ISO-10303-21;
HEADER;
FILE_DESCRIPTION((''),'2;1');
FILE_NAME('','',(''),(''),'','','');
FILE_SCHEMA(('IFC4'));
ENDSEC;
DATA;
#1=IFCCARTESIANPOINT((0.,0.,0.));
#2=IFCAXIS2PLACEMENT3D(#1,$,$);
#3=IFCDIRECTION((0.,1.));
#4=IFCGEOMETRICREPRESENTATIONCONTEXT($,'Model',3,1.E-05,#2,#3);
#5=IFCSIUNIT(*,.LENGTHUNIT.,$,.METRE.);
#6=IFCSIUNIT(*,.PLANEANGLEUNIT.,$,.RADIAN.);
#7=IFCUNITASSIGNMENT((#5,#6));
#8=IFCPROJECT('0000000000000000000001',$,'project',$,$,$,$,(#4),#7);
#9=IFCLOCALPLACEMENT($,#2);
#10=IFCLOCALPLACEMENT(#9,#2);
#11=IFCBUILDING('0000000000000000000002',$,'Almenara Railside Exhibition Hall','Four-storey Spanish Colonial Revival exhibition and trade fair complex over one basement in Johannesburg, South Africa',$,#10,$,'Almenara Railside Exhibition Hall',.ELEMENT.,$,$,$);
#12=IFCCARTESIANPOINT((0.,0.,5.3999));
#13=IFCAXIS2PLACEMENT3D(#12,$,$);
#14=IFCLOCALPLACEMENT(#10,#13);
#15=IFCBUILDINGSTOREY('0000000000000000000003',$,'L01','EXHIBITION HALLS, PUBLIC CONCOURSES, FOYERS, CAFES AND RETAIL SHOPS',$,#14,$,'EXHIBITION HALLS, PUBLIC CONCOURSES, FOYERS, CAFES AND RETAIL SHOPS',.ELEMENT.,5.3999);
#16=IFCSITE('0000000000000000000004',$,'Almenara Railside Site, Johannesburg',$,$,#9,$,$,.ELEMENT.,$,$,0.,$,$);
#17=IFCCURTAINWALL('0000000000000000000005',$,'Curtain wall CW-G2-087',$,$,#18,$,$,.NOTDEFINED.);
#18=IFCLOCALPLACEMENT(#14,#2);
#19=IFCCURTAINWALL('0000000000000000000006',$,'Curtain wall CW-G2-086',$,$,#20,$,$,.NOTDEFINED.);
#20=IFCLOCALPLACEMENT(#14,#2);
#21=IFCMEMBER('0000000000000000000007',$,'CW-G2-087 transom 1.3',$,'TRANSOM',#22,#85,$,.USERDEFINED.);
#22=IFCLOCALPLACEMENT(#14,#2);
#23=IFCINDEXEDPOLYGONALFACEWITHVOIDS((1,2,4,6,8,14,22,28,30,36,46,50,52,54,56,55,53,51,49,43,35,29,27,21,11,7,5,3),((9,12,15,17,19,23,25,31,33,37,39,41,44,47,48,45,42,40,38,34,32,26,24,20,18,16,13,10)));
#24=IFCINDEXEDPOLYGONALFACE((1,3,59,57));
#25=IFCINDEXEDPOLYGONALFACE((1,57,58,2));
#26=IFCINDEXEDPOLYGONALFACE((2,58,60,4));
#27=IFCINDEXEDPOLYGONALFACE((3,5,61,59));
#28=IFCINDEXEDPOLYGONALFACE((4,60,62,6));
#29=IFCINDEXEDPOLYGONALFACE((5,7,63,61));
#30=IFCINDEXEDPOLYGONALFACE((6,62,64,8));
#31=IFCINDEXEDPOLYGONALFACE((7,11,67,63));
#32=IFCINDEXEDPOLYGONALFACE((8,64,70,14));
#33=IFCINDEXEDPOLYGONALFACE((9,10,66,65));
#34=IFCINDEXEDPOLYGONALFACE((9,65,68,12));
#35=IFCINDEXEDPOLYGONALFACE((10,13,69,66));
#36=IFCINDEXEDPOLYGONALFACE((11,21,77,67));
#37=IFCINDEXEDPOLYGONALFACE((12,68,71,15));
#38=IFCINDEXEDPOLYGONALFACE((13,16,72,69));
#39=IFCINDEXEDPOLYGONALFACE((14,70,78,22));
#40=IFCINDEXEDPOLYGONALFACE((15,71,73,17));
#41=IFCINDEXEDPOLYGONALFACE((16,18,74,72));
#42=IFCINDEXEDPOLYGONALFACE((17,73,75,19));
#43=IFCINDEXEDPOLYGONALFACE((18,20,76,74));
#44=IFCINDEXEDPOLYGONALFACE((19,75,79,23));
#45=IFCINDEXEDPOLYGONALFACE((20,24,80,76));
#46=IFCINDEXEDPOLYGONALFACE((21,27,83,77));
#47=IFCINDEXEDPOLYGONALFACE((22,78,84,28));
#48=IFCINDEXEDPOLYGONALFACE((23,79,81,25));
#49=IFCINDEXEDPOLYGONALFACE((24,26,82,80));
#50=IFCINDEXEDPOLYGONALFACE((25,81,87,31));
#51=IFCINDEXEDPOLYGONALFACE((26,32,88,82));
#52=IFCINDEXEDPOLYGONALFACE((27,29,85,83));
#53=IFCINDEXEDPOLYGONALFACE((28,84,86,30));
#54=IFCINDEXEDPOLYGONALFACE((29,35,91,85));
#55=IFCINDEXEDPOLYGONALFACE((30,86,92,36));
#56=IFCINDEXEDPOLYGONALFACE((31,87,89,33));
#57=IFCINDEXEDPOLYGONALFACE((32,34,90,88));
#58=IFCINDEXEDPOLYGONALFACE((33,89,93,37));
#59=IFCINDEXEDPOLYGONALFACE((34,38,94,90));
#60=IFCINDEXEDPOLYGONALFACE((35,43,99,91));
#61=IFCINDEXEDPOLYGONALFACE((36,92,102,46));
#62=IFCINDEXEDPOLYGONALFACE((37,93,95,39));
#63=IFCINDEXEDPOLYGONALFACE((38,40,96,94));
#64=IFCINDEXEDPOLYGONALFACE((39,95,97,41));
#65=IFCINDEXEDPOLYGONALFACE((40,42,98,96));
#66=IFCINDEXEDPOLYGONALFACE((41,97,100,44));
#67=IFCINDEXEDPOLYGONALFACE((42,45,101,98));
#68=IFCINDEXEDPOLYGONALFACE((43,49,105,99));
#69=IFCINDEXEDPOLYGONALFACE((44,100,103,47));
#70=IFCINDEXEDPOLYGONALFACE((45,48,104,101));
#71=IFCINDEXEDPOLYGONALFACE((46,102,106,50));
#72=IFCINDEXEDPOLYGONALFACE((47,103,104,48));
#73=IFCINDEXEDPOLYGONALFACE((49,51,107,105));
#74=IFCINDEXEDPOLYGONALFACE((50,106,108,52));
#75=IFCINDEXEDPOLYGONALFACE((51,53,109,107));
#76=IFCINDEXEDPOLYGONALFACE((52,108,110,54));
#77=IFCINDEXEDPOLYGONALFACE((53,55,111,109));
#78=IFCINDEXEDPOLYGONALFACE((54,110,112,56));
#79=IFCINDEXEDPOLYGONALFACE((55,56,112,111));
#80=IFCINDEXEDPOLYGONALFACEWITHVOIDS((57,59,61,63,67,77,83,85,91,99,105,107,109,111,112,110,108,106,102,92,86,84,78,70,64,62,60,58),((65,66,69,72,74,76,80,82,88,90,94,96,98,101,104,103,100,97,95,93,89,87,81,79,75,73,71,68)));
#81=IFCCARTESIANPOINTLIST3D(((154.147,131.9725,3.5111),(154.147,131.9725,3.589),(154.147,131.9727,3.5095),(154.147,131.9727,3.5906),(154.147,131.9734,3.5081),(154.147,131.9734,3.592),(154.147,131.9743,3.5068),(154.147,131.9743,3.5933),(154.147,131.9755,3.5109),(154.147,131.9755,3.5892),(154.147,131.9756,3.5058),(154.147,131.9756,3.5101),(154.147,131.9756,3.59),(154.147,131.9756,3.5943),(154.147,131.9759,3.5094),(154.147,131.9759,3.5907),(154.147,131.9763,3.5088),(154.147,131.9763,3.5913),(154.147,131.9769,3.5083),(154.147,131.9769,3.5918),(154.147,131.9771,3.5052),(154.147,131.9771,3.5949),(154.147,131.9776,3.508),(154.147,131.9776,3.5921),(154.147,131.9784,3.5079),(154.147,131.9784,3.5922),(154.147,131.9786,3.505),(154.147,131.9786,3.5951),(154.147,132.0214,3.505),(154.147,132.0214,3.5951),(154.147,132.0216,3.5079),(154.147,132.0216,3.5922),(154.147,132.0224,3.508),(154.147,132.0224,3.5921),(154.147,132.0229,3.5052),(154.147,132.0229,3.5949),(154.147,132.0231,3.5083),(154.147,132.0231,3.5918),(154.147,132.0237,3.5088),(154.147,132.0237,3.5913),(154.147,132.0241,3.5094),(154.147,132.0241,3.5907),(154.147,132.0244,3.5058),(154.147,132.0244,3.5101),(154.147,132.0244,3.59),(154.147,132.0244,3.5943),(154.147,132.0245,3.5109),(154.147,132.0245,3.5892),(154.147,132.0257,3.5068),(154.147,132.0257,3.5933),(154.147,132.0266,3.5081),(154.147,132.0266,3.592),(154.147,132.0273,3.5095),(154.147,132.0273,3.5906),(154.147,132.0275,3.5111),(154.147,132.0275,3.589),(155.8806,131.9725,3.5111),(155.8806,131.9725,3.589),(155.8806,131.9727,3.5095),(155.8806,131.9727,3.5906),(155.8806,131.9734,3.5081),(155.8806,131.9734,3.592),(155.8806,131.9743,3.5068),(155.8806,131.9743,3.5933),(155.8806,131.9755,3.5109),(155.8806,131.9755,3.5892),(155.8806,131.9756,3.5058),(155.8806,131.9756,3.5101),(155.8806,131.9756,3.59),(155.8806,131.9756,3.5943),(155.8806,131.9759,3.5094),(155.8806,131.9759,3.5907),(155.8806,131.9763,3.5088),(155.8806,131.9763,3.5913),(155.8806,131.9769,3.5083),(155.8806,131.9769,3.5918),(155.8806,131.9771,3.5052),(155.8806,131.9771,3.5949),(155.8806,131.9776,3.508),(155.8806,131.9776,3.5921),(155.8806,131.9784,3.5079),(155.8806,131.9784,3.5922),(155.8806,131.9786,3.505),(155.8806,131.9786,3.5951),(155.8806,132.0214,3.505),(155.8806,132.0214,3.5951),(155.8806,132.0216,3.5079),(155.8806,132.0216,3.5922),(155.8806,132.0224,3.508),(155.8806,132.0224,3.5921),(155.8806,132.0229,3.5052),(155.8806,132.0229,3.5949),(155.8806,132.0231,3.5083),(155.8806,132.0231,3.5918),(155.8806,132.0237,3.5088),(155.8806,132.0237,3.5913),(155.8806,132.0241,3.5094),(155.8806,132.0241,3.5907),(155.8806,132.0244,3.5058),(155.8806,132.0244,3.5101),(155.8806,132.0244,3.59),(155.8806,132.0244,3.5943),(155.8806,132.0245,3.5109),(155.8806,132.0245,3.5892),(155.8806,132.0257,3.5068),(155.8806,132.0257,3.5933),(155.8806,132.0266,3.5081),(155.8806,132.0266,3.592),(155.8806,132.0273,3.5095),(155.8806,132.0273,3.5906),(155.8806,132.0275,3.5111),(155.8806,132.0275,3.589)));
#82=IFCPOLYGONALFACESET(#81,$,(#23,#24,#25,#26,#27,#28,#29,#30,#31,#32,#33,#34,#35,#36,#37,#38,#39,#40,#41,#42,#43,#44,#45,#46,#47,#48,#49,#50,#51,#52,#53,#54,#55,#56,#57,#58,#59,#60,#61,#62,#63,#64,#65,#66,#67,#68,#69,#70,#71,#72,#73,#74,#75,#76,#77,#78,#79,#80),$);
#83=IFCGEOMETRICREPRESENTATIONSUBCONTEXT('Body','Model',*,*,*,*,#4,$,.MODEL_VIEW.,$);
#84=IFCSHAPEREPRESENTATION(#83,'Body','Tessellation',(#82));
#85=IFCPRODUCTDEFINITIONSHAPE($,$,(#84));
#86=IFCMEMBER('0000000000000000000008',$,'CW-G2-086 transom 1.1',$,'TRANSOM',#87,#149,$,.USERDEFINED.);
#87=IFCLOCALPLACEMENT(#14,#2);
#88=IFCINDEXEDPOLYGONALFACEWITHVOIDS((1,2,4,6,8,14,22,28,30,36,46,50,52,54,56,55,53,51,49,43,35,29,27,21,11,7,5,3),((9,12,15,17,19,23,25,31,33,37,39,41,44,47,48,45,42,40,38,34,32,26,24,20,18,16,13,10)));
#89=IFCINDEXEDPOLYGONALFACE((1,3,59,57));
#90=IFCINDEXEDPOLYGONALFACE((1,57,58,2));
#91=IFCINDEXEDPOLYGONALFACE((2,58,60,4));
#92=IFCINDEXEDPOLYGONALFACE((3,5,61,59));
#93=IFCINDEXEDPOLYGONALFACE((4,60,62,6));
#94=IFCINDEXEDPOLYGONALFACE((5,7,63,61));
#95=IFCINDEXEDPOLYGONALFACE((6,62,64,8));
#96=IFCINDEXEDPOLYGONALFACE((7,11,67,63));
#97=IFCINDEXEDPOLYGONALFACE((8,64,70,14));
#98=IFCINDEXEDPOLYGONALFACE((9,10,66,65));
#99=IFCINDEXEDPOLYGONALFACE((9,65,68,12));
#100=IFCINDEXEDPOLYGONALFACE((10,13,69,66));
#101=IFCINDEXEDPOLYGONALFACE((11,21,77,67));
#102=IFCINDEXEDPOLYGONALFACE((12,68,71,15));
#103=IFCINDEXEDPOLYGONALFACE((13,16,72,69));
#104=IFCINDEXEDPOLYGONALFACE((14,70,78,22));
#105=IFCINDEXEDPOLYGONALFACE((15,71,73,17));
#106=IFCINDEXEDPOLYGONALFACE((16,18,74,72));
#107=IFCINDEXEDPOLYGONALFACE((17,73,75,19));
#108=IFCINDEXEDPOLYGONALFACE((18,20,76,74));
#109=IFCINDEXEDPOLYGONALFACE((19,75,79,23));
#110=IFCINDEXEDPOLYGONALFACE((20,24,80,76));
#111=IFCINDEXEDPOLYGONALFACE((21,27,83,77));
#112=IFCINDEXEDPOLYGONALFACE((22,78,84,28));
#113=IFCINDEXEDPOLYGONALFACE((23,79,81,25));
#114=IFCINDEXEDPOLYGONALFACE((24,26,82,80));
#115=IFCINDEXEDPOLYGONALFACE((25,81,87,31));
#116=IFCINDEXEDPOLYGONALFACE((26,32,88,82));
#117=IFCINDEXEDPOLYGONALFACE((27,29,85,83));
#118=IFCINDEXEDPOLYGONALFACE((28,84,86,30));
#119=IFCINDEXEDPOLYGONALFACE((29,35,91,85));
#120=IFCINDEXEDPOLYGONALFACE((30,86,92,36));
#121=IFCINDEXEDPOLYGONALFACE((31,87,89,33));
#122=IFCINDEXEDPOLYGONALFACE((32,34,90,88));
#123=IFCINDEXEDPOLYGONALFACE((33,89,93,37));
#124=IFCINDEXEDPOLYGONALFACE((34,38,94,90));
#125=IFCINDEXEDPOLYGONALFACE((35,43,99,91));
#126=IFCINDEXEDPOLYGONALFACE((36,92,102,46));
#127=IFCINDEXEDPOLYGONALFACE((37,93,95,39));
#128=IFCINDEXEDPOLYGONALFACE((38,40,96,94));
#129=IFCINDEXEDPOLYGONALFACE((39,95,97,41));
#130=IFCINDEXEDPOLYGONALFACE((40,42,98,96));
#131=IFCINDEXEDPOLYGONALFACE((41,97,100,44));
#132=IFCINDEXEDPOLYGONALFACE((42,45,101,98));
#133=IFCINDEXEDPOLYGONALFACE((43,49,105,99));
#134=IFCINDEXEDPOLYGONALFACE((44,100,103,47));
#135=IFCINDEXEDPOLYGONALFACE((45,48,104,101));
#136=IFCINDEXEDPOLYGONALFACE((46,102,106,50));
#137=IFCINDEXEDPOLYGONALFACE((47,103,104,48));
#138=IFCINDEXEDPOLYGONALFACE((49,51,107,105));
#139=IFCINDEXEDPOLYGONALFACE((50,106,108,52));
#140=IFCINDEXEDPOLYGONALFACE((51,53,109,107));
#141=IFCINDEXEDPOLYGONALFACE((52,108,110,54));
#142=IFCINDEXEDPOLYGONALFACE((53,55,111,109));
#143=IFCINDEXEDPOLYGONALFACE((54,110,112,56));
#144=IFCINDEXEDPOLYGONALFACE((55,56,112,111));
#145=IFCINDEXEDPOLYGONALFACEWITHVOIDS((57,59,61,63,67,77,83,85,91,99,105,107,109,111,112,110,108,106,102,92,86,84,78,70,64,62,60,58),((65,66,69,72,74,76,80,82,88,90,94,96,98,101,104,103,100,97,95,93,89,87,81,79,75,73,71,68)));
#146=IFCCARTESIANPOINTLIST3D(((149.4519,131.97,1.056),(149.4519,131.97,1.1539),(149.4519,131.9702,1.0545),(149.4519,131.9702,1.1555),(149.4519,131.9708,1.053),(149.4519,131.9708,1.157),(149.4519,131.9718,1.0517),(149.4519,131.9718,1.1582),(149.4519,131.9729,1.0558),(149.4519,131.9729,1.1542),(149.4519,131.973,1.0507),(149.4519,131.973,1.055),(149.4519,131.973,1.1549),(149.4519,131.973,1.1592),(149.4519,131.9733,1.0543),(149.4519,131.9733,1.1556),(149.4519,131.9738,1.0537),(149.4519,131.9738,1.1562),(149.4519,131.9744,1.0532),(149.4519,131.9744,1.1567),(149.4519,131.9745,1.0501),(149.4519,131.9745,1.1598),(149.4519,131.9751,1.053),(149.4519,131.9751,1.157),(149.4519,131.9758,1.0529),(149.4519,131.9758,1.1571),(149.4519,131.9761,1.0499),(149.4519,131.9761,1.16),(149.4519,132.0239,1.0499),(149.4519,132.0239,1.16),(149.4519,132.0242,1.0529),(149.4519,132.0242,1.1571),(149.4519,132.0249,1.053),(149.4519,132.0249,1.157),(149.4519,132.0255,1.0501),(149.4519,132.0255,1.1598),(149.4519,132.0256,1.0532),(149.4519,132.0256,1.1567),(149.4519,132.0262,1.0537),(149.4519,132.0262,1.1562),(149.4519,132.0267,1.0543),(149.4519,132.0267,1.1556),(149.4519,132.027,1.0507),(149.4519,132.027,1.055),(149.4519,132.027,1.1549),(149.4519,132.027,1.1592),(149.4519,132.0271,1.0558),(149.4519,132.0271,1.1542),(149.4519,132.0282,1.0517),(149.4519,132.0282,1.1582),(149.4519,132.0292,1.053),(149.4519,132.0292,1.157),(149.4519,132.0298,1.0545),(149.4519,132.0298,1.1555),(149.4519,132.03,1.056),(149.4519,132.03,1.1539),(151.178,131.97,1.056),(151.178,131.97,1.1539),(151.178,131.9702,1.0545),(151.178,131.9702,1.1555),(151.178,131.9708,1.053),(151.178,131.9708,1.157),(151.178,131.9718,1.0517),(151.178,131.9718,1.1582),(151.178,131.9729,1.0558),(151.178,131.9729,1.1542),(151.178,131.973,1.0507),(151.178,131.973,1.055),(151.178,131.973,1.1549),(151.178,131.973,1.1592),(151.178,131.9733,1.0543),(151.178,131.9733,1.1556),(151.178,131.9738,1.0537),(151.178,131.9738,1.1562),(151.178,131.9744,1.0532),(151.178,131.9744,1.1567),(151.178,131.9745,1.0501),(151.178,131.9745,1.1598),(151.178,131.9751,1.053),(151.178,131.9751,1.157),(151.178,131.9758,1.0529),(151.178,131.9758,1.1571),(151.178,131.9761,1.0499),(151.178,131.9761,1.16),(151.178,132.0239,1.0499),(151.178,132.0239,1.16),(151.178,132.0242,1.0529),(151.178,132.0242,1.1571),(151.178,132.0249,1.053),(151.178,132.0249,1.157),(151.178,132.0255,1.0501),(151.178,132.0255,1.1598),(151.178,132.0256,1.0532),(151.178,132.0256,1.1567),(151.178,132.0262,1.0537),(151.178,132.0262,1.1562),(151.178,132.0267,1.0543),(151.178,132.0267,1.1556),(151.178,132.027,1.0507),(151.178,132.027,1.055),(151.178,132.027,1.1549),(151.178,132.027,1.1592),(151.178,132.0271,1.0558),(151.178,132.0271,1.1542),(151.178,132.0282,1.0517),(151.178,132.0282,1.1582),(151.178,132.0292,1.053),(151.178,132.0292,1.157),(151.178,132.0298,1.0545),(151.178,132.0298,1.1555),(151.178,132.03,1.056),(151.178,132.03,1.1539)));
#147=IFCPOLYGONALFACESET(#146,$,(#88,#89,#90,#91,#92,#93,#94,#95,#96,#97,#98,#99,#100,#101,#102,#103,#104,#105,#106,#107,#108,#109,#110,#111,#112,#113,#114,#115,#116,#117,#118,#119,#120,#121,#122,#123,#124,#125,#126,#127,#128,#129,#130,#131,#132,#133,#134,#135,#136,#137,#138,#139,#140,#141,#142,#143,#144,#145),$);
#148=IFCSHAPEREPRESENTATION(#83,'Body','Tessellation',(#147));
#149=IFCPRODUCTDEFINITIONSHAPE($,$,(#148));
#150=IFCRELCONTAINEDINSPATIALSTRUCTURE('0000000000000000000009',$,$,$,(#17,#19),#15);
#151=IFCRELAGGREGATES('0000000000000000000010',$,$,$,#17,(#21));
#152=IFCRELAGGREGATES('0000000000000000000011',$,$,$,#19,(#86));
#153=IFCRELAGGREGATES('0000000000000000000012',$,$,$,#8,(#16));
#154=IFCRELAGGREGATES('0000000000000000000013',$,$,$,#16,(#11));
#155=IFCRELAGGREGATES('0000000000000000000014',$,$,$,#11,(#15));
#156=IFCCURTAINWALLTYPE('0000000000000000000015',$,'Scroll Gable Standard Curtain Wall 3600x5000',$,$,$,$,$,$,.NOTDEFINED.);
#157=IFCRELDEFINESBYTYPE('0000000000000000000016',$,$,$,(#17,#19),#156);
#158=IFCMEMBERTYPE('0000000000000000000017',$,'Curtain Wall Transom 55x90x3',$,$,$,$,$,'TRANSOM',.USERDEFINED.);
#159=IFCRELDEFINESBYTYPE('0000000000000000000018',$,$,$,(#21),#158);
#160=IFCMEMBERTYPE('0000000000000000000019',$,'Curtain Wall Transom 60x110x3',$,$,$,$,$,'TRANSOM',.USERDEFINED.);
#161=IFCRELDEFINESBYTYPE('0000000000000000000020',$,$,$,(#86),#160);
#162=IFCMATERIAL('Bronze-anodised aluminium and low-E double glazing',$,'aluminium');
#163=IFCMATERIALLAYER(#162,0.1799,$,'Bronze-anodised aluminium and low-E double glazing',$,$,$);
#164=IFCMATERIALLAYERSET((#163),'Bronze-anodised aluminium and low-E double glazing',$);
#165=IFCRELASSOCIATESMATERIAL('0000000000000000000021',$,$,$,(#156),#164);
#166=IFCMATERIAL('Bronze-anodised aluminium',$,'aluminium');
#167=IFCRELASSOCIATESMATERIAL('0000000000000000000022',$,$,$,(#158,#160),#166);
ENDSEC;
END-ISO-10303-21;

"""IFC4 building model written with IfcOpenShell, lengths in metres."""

from ifc_helpers import new_model, si_unit, direction, frame, origin, origin_2d, place, context, subcontext, project, spatial, hollow_rectangle, extrude, material, layer, layer_set, material_profile, profile_set, type_object, element, aggregate, save


model = new_model("IFC4")

# Units and contexts
model_context = context("Model", 3, precision=1e-05, world=origin(), true_north=direction((0.0, 1.0)))
body_context = subcontext(model_context, "Body", "Model", "MODEL_VIEW")
ifc_project = project(units=[si_unit("LENGTHUNIT", "METRE"), si_unit("PLANEANGLEUNIT", "RADIAN")], contexts=[model_context])

# Site, building, storey
site_placement = place(None, origin())
site = spatial("IfcSite", under=ifc_project, at=site_placement, Name="Almenara Railside Site, Johannesburg", CompositionType="ELEMENT", RefElevation=0.0)
building_placement = place(site_placement, origin())
building = spatial("IfcBuilding", under=site, at=building_placement, Name="Almenara Railside Exhibition Hall", Description="Four-storey Spanish Colonial Revival exhibition and trade fair complex over one basement in Johannesburg, South Africa", LongName="Almenara Railside Exhibition Hall", CompositionType="ELEMENT")
storey_placement = place(building_placement, frame((0.0, 0.0, 5.3999)))
storey = spatial("IfcBuildingStorey", under=building, at=storey_placement, Name="L01", Description="EXHIBITION HALLS, PUBLIC CONCOURSES, FOYERS, CAFES AND RETAIL SHOPS", LongName="EXHIBITION HALLS, PUBLIC CONCOURSES, FOYERS, CAFES AND RETAIL SHOPS", CompositionType="ELEMENT", Elevation=5.3999)

# Curtain wall
ifc_material_1 = material(Name="Bronze-anodised aluminium and low-E double glazing", Category="aluminium")
ifc_layer_1 = layer(ifc_material_1, 0.1799, Name="Bronze-anodised aluminium and low-E double glazing")
ifc_layer_set_1 = layer_set([ifc_layer_1], Name="Bronze-anodised aluminium and low-E double glazing")
curtain_wall_type = type_object("IfcCurtainWallType", Name="Scroll Gable Standard Curtain Wall 3600x5000", PredefinedType="NOTDEFINED", material=ifc_layer_set_1)
curtain_wall_1_placement = place(storey_placement, origin())
curtain_wall_1 = element("IfcCurtainWall", 1, at=curtain_wall_1_placement, inside=storey, type_object=curtain_wall_type, Name="Curtain wall CW-G2-087", PredefinedType="NOTDEFINED")
ifc_material_2 = material(Name="Bronze-anodised aluminium", Category="aluminium")

# Curtain wall
curtain_wall_2_placement = place(storey_placement, origin())
curtain_wall_2 = element("IfcCurtainWall", 2, at=curtain_wall_2_placement, inside=storey, type_object=curtain_wall_type, Name="Curtain wall CW-G2-086", PredefinedType="NOTDEFINED")

# Members
ifc_material_profile_1 = material_profile(ifc_material_2, hollow_rectangle(XDim=0.0549, YDim=0.0901, WallThickness=0.0029, InnerFilletRadius=0.0029, OuterFilletRadius=0.0061, at=origin_2d()), Name="ALU-TRN 55x90x3")
ifc_profile_set_1 = profile_set([ifc_material_profile_1], Name="Bronze-anodised aluminium")
member_type_1 = type_object("IfcMemberType", Name="Curtain Wall Transom 55x90x3", ElementType="TRANSOM", PredefinedType="USERDEFINED", material=ifc_profile_set_1)
member_1_placement = place(storey_placement, frame((154.147, 132.0, 3.55), z_axis=(1.0, 0.0, 0.0), x_axis=(0.0, 1.0, 0.0)))
member_1 = element("IfcMember", 3, at=member_1_placement, type_object=member_type_1, Name="CW-G2-087 transom 1.3", ObjectType="TRANSOM", PredefinedType="USERDEFINED", context=body_context, shape_type="SweptSolid", body=[
    extrude(hollow_rectangle(XDim=0.0549, YDim=0.0901, WallThickness=0.0029, InnerFilletRadius=0.0029, OuterFilletRadius=0.0061, at=origin_2d()), origin(), (0.0, 0.0, 1.0), 1.7336),
])
aggregate(curtain_wall_1, [member_1])
ifc_material_profile_2 = material_profile(ifc_material_2, hollow_rectangle(XDim=0.0601, YDim=0.1101, WallThickness=0.0029, InnerFilletRadius=0.0029, OuterFilletRadius=0.0061, at=origin_2d()), Name="ALU-TRN 60x110x3")
ifc_profile_set_2 = profile_set([ifc_material_profile_2], Name="Bronze-anodised aluminium")
member_type_2 = type_object("IfcMemberType", Name="Curtain Wall Transom 60x110x3", ElementType="TRANSOM", PredefinedType="USERDEFINED", material=ifc_profile_set_2)
member_2_placement = place(storey_placement, frame((149.4519, 132.0, 1.105), z_axis=(1.0, 0.0, 0.0), x_axis=(0.0, 1.0, 0.0)))
member_2 = element("IfcMember", 4, at=member_2_placement, type_object=member_type_2, Name="CW-G2-086 transom 1.1", ObjectType="TRANSOM", PredefinedType="USERDEFINED", context=body_context, shape_type="SweptSolid", body=[
    extrude(hollow_rectangle(XDim=0.0601, YDim=0.1101, WallThickness=0.0029, InnerFilletRadius=0.0029, OuterFilletRadius=0.0061, at=origin_2d()), origin(), (0.0, 0.0, 1.0), 1.7261),
])

aggregate(curtain_wall_2, [member_2])

save(model, "model.ifc")
